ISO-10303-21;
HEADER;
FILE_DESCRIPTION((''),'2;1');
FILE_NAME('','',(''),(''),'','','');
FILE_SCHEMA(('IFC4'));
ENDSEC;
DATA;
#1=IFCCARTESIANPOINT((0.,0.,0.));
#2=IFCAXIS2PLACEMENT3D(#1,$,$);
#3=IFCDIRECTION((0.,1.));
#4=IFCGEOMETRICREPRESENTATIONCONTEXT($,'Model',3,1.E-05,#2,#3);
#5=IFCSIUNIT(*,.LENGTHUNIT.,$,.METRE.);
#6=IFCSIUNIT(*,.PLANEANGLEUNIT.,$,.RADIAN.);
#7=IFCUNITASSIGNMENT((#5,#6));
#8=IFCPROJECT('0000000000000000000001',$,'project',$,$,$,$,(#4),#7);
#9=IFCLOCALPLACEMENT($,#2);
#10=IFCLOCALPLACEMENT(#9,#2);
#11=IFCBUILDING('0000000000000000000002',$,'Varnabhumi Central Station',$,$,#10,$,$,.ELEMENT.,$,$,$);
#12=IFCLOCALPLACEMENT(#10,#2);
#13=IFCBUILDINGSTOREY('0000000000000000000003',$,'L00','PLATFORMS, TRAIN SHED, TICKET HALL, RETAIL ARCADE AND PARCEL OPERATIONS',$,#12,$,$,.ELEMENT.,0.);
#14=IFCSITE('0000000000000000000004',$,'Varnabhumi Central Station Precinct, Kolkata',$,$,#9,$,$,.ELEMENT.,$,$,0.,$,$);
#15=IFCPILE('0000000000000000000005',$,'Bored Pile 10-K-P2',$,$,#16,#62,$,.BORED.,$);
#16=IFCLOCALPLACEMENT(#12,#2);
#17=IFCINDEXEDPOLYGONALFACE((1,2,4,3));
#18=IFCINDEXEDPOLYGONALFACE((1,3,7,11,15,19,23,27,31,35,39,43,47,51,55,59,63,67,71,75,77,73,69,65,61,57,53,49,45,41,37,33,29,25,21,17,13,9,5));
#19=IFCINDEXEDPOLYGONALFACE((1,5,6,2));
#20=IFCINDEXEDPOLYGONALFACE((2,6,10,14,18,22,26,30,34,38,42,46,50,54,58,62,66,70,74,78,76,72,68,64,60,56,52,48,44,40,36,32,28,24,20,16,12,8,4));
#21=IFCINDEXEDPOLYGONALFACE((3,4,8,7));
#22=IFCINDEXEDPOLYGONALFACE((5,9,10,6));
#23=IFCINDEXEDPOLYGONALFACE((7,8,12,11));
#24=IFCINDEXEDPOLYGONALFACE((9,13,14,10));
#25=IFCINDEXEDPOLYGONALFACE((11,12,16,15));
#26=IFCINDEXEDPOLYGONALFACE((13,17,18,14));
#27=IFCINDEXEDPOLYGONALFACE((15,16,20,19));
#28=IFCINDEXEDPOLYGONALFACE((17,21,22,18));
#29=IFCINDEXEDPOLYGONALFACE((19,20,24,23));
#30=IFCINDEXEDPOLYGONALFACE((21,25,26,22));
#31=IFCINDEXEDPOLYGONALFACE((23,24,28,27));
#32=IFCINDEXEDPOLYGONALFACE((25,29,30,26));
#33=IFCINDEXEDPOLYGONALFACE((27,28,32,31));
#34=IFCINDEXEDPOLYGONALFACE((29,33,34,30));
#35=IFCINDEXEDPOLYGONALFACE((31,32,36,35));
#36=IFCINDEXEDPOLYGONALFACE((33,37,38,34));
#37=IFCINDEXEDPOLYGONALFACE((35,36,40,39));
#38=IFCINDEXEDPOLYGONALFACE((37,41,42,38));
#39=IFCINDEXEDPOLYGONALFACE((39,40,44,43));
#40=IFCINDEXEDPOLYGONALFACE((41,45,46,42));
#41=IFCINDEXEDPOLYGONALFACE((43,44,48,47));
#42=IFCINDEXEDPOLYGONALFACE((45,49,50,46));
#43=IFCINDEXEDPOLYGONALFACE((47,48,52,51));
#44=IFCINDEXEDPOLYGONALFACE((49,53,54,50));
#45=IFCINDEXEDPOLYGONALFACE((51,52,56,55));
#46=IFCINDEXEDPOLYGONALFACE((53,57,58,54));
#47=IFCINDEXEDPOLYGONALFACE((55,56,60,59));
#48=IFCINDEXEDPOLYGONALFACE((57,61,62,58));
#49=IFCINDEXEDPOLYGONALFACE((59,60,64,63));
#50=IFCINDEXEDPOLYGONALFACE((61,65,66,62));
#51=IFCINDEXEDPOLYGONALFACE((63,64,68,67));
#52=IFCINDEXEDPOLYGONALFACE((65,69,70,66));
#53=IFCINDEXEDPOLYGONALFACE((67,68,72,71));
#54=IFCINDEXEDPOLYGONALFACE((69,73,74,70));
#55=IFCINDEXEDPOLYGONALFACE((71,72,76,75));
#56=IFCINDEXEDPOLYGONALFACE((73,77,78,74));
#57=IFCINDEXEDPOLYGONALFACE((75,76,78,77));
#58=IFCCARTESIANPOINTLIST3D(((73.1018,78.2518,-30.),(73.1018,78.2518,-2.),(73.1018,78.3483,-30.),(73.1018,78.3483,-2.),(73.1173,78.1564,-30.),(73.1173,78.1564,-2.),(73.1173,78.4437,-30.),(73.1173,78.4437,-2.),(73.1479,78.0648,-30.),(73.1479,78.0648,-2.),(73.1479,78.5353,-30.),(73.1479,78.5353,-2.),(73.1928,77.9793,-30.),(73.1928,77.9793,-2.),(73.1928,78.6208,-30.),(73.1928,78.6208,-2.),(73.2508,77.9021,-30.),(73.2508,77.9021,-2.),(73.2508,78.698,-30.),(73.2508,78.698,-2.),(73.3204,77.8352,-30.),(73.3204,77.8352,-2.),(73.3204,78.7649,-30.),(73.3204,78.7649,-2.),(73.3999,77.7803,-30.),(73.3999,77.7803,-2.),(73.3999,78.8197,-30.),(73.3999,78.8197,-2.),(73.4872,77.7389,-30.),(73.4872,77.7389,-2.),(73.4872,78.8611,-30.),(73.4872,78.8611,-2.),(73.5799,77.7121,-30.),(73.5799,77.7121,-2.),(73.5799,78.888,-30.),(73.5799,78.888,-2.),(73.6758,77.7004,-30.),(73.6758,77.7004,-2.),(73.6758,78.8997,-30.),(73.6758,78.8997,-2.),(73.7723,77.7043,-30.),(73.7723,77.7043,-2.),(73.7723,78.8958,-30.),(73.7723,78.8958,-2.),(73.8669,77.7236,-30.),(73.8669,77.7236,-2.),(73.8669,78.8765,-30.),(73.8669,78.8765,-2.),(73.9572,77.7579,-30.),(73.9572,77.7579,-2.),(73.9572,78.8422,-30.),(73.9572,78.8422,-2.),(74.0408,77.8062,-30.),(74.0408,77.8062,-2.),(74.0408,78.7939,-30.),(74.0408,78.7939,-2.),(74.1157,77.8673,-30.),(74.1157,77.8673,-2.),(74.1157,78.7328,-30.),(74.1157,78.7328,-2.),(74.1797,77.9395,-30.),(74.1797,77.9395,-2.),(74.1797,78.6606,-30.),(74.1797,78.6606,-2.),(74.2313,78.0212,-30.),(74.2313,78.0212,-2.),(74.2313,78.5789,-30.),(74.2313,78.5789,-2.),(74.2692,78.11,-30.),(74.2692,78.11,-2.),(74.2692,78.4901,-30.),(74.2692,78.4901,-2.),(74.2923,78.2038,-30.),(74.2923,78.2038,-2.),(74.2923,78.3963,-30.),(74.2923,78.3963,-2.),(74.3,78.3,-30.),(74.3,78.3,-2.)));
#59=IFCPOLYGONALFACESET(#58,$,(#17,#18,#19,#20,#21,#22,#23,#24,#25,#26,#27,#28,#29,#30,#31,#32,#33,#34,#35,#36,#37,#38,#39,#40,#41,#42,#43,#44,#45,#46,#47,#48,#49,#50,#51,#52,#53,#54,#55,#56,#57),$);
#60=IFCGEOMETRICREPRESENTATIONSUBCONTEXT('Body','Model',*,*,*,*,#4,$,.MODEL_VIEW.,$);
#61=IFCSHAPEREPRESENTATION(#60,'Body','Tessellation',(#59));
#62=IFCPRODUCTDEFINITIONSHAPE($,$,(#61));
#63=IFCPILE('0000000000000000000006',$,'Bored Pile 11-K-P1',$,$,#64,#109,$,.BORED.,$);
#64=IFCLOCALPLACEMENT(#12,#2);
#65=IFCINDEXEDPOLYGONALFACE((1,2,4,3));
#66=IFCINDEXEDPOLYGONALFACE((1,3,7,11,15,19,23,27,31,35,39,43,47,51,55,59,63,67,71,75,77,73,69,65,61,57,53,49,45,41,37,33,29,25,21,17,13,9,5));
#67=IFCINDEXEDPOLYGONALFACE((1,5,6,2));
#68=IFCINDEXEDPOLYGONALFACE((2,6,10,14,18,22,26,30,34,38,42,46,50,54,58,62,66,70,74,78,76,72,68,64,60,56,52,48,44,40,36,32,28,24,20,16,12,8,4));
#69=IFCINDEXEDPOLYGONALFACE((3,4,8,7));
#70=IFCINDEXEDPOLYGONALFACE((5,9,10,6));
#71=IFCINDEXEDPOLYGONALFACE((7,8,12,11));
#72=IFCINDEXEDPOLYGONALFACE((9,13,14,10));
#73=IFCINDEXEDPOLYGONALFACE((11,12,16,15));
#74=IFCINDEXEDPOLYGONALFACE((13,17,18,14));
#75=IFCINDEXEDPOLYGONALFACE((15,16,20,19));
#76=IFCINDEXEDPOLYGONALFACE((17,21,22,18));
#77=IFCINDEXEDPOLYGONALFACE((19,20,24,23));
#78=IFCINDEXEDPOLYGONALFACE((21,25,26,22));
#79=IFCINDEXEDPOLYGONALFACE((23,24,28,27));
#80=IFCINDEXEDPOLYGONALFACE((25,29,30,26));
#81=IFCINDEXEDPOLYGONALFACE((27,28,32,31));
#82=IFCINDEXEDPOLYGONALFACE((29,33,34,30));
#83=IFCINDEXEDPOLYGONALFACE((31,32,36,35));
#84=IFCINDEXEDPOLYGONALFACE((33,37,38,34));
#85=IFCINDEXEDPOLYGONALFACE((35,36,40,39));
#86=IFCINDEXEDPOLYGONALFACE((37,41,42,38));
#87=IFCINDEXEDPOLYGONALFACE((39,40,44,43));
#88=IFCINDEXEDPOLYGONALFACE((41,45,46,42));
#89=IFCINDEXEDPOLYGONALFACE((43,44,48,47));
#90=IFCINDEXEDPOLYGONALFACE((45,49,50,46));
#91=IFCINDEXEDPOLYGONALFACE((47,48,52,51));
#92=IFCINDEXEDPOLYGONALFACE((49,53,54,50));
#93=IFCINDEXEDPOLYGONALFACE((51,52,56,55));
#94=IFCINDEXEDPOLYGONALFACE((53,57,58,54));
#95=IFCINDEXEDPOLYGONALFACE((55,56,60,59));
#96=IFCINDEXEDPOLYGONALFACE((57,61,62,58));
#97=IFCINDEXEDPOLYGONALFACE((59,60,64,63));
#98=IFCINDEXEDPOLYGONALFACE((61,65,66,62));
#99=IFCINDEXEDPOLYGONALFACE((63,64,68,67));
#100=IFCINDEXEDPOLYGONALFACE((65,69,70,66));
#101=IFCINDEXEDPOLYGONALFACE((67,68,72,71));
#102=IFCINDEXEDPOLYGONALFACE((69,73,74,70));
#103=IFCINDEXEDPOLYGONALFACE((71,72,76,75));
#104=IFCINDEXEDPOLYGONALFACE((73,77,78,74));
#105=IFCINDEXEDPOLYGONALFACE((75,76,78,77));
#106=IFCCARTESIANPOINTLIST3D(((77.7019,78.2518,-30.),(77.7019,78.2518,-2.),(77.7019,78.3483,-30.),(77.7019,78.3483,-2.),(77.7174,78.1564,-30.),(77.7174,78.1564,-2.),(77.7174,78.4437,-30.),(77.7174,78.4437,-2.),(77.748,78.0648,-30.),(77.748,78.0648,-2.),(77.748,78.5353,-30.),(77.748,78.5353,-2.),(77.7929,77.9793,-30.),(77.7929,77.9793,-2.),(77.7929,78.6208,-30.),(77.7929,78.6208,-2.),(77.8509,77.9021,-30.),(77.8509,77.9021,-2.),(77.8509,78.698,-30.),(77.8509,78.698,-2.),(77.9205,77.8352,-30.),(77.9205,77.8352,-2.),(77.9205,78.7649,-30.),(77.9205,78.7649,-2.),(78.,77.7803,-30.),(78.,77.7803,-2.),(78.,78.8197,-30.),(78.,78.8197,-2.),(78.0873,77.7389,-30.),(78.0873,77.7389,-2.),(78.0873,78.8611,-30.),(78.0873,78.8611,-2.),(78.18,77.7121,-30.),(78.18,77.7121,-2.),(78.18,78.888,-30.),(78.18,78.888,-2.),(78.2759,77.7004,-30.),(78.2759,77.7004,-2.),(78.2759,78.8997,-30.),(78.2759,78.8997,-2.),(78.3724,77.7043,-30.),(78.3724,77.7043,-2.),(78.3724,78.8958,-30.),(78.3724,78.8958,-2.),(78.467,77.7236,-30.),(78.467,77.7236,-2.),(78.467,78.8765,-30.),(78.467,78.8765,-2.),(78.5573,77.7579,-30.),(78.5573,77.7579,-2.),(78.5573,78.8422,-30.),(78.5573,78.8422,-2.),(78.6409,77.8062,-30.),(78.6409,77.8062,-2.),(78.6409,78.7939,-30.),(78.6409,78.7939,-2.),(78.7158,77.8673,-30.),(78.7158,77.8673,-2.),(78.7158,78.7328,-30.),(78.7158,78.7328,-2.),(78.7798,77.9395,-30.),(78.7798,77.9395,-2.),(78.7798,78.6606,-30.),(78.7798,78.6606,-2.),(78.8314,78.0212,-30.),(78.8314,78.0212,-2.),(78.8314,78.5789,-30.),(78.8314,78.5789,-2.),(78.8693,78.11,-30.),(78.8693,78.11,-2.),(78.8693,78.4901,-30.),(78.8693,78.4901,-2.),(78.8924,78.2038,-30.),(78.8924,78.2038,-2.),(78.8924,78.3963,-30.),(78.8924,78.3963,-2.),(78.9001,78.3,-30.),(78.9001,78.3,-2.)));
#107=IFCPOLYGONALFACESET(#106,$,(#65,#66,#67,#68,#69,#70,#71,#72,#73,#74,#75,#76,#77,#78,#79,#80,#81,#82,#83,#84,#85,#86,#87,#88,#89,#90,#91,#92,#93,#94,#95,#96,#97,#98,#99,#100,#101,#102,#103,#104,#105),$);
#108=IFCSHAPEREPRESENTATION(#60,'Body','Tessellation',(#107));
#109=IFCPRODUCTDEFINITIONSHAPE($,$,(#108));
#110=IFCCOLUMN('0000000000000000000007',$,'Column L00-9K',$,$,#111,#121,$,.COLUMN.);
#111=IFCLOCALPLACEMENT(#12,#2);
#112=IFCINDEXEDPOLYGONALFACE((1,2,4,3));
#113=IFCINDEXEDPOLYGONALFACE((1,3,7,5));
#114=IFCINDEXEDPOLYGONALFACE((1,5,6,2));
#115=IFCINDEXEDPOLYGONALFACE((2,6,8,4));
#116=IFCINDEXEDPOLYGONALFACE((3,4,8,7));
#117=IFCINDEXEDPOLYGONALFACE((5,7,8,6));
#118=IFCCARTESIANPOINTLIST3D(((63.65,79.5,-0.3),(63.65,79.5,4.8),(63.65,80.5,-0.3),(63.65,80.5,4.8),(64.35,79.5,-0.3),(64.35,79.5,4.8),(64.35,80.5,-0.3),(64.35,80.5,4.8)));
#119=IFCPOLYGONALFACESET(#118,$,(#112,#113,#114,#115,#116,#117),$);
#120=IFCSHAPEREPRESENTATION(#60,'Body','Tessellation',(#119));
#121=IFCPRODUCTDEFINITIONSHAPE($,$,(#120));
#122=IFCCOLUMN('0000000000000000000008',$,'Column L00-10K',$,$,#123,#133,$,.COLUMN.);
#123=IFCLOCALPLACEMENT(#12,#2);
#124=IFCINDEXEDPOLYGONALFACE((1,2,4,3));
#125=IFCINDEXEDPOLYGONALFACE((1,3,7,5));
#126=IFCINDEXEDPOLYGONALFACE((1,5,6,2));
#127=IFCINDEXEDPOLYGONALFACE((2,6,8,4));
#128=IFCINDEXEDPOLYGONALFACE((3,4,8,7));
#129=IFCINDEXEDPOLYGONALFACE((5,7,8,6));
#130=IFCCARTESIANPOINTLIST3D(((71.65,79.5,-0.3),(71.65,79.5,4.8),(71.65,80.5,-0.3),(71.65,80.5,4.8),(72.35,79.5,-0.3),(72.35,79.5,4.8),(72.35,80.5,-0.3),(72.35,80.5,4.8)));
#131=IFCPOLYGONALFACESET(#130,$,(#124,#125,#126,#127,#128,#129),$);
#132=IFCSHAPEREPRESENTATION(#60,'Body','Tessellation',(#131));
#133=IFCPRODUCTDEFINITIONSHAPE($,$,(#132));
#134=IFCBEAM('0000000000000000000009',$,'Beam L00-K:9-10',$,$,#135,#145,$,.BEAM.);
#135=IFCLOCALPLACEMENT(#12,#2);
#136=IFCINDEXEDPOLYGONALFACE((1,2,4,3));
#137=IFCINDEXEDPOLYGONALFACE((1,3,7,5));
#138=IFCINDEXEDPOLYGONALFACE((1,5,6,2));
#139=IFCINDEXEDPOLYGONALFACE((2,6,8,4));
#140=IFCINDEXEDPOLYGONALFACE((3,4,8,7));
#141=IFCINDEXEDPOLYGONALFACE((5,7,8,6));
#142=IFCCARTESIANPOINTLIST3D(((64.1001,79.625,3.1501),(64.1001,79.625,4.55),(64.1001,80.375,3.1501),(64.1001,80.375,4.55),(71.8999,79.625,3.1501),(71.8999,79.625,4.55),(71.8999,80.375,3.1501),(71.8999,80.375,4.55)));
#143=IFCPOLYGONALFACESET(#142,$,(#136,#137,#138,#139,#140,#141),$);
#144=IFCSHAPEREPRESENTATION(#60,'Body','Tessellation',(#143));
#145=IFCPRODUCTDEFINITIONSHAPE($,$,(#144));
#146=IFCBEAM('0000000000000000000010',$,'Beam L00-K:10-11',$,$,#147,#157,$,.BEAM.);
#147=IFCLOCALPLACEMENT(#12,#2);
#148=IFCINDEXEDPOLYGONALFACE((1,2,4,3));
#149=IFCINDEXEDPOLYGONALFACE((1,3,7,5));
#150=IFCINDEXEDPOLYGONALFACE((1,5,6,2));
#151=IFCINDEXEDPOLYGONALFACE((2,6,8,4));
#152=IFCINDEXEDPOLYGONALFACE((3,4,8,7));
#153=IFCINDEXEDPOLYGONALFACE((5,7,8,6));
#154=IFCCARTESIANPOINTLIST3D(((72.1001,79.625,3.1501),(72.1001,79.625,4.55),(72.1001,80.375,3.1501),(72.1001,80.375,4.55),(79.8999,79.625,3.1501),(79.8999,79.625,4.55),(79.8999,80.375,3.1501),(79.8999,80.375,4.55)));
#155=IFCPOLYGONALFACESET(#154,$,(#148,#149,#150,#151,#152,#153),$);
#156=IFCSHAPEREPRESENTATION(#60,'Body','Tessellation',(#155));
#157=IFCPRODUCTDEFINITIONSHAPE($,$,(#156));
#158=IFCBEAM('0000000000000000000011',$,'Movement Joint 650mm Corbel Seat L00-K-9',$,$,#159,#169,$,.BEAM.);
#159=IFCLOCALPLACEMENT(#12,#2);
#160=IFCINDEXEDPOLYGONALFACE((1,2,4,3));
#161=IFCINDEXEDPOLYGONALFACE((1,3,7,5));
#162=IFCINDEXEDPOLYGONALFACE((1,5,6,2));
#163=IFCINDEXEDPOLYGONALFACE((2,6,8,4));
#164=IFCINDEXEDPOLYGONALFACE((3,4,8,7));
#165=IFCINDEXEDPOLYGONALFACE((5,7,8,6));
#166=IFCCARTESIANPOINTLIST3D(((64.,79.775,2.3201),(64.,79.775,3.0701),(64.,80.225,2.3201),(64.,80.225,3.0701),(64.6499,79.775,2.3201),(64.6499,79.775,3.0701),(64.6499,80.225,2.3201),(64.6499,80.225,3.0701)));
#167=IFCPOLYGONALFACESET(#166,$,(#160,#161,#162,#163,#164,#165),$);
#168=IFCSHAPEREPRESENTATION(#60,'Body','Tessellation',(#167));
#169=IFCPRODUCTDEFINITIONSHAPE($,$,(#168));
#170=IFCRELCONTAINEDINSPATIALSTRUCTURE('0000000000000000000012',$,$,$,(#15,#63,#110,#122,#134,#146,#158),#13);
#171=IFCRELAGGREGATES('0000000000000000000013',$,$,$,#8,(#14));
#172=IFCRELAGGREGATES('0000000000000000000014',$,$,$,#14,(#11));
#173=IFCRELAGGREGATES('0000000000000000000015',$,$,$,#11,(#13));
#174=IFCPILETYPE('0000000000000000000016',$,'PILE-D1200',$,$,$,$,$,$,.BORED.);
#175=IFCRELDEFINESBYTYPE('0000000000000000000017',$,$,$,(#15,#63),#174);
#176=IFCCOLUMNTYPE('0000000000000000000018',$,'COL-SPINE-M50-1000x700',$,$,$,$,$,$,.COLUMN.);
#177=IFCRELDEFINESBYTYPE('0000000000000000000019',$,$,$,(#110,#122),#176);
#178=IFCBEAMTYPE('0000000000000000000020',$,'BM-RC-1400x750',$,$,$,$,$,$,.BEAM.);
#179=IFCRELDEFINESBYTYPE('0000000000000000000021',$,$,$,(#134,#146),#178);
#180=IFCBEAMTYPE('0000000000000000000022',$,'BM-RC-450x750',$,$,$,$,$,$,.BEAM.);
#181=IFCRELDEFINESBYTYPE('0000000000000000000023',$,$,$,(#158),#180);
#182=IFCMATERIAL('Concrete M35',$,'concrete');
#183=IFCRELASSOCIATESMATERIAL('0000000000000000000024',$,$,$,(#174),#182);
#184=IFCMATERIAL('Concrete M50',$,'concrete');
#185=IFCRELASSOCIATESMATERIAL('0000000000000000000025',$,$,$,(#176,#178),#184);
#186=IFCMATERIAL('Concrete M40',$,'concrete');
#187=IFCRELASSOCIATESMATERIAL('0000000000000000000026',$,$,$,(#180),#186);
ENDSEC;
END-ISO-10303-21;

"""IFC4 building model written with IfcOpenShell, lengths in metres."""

from ifc_helpers import new_model, si_unit, direction, frame, origin, origin_2d, place, context, subcontext, project, spatial, rectangle, circle, extrude, material, material_profile, profile_set, type_object, element, save


model = new_model("IFC4")

# Units and contexts
model_context = context("Model", 3, precision=1e-05, world=origin(), true_north=direction((0.0, 1.0)))
body_context = subcontext(model_context, "Body", "Model", "MODEL_VIEW")
ifc_project = project(units=[si_unit("LENGTHUNIT", "METRE"), si_unit("PLANEANGLEUNIT", "RADIAN")], contexts=[model_context])

# Site, building, storey
site_placement = place(None, origin())
site = spatial("IfcSite", under=ifc_project, at=site_placement, Name="Varnabhumi Central Station Precinct, Kolkata", CompositionType="ELEMENT", RefElevation=0.0)
building_placement = place(site_placement, origin())
building = spatial("IfcBuilding", under=site, at=building_placement, Name="Varnabhumi Central Station", CompositionType="ELEMENT")
storey_placement = place(building_placement, origin())
storey = spatial("IfcBuildingStorey", under=building, at=storey_placement, Name="L00", Description="PLATFORMS, TRAIN SHED, TICKET HALL, RETAIL ARCADE AND PARCEL OPERATIONS", CompositionType="ELEMENT", Elevation=0.0)

# Shared definitions
ifc_material_1 = material(Name="Concrete M40", Category="concrete")

# Piles
ifc_material_2 = material(Name="Concrete M35", Category="concrete")
ifc_material_profile_1 = material_profile(ifc_material_2, circle(Radius=0.6001, at=origin_2d()), Name="Concrete M35", Category="concrete")
ifc_profile_set_1 = profile_set([ifc_material_profile_1], Name="Concrete M35")
pile_type = type_object("IfcPileType", Name="PILE-D1200", PredefinedType="BORED", material=ifc_profile_set_1)
for number, where, z_axis, x_axis, name in (
    (1, (73.7, 78.3, -2.0), (0.0, 0.0, -1.0), (1.0, 0.0, 0.0), "Bored Pile 10-K-P2"),
    (2, (78.3, 78.3, -2.0), (0.0, 0.0, -1.0), (1.0, 0.0, 0.0), "Bored Pile 11-K-P1"),
):
    element("IfcPile", number, at=place(storey_placement, frame(where, z_axis=z_axis, x_axis=x_axis)), inside=storey, type_object=pile_type, Name=name, PredefinedType="BORED", context=body_context, shape_type="SweptSolid", body=[
        extrude(circle(Radius=0.6001, at=origin_2d()), origin(), (0.0, 0.0, 1.0), 28.0),
    ])

# Columns
ifc_material_3 = material(Name="Concrete M50", Category="concrete")
ifc_material_profile_2 = material_profile(ifc_material_3, rectangle(XDim=0.7, YDim=1.0, at=origin_2d()), Name="Concrete M50", Category="concrete")
ifc_profile_set_2 = profile_set([ifc_material_profile_2], Name="Concrete M50")
column_type = type_object("IfcColumnType", Name="COL-SPINE-M50-1000x700", PredefinedType="COLUMN", material=ifc_profile_set_2)
for number, where, z_axis, x_axis, name in (
    (3, (64.0, 80.0, -0.3), (0.0, 0.0, 1.0), (1.0, 0.0, 0.0), "Column L00-9K"),
    (4, (72.0, 80.0, -0.3), (0.0, 0.0, 1.0), (1.0, 0.0, 0.0), "Column L00-10K"),
):
    element("IfcColumn", number, at=place(storey_placement, frame(where, z_axis=z_axis, x_axis=x_axis)), inside=storey, type_object=column_type, Name=name, PredefinedType="COLUMN", context=body_context, shape_type="SweptSolid", body=[
        extrude(rectangle(XDim=0.7, YDim=1.0, at=origin_2d()), origin(), (0.0, 0.0, 1.0), 5.1001),
    ])

# Beams
ifc_material_profile_3 = material_profile(ifc_material_3, rectangle(XDim=0.75, YDim=1.3999, at=origin_2d()), Name="Concrete M50", Category="concrete")
ifc_profile_set_3 = profile_set([ifc_material_profile_3], Name="Concrete M50")
beam_type_1 = type_object("IfcBeamType", Name="BM-RC-1400x750", PredefinedType="BEAM", material=ifc_profile_set_3)
for number, where, z_axis, x_axis, name in (
    (5, (64.1001, 80.0, 3.8501), (1.0, 0.0, 0.0), (0.0, 1.0, 0.0), "Beam L00-K:9-10"),
    (6, (72.1001, 80.0, 3.8501), (1.0, 0.0, 0.0), (0.0, 1.0, 0.0), "Beam L00-K:10-11"),
):
    element("IfcBeam", number, at=place(storey_placement, frame(where, z_axis=z_axis, x_axis=x_axis)), inside=storey, type_object=beam_type_1, Name=name, PredefinedType="BEAM", context=body_context, shape_type="SweptSolid", body=[
        extrude(rectangle(XDim=0.75, YDim=1.3999, at=origin_2d()), origin(), (0.0, 0.0, 1.0), 7.7998),
    ])
ifc_material_profile_4 = material_profile(ifc_material_1, rectangle(XDim=0.45, YDim=0.75, at=origin_2d()), Name="Concrete M40", Category="concrete")
ifc_profile_set_4 = profile_set([ifc_material_profile_4], Name="Concrete M40")
beam_type_2 = type_object("IfcBeamType", Name="BM-RC-450x750", PredefinedType="BEAM", material=ifc_profile_set_4)
beam_placement = place(storey_placement, frame((64.0, 80.0, 2.6951), z_axis=(1.0, 0.0, 0.0), x_axis=(0.0, 1.0, 0.0)))
element("IfcBeam", 7, at=beam_placement, inside=storey, type_object=beam_type_2, Name="Movement Joint 650mm Corbel Seat L00-K-9", PredefinedType="BEAM", context=body_context, shape_type="SweptSolid", body=[
    extrude(rectangle(XDim=0.45, YDim=0.75, at=origin_2d()), origin(), (0.0, 0.0, 1.0), 0.6499),
])

save(model, "model.ifc")
